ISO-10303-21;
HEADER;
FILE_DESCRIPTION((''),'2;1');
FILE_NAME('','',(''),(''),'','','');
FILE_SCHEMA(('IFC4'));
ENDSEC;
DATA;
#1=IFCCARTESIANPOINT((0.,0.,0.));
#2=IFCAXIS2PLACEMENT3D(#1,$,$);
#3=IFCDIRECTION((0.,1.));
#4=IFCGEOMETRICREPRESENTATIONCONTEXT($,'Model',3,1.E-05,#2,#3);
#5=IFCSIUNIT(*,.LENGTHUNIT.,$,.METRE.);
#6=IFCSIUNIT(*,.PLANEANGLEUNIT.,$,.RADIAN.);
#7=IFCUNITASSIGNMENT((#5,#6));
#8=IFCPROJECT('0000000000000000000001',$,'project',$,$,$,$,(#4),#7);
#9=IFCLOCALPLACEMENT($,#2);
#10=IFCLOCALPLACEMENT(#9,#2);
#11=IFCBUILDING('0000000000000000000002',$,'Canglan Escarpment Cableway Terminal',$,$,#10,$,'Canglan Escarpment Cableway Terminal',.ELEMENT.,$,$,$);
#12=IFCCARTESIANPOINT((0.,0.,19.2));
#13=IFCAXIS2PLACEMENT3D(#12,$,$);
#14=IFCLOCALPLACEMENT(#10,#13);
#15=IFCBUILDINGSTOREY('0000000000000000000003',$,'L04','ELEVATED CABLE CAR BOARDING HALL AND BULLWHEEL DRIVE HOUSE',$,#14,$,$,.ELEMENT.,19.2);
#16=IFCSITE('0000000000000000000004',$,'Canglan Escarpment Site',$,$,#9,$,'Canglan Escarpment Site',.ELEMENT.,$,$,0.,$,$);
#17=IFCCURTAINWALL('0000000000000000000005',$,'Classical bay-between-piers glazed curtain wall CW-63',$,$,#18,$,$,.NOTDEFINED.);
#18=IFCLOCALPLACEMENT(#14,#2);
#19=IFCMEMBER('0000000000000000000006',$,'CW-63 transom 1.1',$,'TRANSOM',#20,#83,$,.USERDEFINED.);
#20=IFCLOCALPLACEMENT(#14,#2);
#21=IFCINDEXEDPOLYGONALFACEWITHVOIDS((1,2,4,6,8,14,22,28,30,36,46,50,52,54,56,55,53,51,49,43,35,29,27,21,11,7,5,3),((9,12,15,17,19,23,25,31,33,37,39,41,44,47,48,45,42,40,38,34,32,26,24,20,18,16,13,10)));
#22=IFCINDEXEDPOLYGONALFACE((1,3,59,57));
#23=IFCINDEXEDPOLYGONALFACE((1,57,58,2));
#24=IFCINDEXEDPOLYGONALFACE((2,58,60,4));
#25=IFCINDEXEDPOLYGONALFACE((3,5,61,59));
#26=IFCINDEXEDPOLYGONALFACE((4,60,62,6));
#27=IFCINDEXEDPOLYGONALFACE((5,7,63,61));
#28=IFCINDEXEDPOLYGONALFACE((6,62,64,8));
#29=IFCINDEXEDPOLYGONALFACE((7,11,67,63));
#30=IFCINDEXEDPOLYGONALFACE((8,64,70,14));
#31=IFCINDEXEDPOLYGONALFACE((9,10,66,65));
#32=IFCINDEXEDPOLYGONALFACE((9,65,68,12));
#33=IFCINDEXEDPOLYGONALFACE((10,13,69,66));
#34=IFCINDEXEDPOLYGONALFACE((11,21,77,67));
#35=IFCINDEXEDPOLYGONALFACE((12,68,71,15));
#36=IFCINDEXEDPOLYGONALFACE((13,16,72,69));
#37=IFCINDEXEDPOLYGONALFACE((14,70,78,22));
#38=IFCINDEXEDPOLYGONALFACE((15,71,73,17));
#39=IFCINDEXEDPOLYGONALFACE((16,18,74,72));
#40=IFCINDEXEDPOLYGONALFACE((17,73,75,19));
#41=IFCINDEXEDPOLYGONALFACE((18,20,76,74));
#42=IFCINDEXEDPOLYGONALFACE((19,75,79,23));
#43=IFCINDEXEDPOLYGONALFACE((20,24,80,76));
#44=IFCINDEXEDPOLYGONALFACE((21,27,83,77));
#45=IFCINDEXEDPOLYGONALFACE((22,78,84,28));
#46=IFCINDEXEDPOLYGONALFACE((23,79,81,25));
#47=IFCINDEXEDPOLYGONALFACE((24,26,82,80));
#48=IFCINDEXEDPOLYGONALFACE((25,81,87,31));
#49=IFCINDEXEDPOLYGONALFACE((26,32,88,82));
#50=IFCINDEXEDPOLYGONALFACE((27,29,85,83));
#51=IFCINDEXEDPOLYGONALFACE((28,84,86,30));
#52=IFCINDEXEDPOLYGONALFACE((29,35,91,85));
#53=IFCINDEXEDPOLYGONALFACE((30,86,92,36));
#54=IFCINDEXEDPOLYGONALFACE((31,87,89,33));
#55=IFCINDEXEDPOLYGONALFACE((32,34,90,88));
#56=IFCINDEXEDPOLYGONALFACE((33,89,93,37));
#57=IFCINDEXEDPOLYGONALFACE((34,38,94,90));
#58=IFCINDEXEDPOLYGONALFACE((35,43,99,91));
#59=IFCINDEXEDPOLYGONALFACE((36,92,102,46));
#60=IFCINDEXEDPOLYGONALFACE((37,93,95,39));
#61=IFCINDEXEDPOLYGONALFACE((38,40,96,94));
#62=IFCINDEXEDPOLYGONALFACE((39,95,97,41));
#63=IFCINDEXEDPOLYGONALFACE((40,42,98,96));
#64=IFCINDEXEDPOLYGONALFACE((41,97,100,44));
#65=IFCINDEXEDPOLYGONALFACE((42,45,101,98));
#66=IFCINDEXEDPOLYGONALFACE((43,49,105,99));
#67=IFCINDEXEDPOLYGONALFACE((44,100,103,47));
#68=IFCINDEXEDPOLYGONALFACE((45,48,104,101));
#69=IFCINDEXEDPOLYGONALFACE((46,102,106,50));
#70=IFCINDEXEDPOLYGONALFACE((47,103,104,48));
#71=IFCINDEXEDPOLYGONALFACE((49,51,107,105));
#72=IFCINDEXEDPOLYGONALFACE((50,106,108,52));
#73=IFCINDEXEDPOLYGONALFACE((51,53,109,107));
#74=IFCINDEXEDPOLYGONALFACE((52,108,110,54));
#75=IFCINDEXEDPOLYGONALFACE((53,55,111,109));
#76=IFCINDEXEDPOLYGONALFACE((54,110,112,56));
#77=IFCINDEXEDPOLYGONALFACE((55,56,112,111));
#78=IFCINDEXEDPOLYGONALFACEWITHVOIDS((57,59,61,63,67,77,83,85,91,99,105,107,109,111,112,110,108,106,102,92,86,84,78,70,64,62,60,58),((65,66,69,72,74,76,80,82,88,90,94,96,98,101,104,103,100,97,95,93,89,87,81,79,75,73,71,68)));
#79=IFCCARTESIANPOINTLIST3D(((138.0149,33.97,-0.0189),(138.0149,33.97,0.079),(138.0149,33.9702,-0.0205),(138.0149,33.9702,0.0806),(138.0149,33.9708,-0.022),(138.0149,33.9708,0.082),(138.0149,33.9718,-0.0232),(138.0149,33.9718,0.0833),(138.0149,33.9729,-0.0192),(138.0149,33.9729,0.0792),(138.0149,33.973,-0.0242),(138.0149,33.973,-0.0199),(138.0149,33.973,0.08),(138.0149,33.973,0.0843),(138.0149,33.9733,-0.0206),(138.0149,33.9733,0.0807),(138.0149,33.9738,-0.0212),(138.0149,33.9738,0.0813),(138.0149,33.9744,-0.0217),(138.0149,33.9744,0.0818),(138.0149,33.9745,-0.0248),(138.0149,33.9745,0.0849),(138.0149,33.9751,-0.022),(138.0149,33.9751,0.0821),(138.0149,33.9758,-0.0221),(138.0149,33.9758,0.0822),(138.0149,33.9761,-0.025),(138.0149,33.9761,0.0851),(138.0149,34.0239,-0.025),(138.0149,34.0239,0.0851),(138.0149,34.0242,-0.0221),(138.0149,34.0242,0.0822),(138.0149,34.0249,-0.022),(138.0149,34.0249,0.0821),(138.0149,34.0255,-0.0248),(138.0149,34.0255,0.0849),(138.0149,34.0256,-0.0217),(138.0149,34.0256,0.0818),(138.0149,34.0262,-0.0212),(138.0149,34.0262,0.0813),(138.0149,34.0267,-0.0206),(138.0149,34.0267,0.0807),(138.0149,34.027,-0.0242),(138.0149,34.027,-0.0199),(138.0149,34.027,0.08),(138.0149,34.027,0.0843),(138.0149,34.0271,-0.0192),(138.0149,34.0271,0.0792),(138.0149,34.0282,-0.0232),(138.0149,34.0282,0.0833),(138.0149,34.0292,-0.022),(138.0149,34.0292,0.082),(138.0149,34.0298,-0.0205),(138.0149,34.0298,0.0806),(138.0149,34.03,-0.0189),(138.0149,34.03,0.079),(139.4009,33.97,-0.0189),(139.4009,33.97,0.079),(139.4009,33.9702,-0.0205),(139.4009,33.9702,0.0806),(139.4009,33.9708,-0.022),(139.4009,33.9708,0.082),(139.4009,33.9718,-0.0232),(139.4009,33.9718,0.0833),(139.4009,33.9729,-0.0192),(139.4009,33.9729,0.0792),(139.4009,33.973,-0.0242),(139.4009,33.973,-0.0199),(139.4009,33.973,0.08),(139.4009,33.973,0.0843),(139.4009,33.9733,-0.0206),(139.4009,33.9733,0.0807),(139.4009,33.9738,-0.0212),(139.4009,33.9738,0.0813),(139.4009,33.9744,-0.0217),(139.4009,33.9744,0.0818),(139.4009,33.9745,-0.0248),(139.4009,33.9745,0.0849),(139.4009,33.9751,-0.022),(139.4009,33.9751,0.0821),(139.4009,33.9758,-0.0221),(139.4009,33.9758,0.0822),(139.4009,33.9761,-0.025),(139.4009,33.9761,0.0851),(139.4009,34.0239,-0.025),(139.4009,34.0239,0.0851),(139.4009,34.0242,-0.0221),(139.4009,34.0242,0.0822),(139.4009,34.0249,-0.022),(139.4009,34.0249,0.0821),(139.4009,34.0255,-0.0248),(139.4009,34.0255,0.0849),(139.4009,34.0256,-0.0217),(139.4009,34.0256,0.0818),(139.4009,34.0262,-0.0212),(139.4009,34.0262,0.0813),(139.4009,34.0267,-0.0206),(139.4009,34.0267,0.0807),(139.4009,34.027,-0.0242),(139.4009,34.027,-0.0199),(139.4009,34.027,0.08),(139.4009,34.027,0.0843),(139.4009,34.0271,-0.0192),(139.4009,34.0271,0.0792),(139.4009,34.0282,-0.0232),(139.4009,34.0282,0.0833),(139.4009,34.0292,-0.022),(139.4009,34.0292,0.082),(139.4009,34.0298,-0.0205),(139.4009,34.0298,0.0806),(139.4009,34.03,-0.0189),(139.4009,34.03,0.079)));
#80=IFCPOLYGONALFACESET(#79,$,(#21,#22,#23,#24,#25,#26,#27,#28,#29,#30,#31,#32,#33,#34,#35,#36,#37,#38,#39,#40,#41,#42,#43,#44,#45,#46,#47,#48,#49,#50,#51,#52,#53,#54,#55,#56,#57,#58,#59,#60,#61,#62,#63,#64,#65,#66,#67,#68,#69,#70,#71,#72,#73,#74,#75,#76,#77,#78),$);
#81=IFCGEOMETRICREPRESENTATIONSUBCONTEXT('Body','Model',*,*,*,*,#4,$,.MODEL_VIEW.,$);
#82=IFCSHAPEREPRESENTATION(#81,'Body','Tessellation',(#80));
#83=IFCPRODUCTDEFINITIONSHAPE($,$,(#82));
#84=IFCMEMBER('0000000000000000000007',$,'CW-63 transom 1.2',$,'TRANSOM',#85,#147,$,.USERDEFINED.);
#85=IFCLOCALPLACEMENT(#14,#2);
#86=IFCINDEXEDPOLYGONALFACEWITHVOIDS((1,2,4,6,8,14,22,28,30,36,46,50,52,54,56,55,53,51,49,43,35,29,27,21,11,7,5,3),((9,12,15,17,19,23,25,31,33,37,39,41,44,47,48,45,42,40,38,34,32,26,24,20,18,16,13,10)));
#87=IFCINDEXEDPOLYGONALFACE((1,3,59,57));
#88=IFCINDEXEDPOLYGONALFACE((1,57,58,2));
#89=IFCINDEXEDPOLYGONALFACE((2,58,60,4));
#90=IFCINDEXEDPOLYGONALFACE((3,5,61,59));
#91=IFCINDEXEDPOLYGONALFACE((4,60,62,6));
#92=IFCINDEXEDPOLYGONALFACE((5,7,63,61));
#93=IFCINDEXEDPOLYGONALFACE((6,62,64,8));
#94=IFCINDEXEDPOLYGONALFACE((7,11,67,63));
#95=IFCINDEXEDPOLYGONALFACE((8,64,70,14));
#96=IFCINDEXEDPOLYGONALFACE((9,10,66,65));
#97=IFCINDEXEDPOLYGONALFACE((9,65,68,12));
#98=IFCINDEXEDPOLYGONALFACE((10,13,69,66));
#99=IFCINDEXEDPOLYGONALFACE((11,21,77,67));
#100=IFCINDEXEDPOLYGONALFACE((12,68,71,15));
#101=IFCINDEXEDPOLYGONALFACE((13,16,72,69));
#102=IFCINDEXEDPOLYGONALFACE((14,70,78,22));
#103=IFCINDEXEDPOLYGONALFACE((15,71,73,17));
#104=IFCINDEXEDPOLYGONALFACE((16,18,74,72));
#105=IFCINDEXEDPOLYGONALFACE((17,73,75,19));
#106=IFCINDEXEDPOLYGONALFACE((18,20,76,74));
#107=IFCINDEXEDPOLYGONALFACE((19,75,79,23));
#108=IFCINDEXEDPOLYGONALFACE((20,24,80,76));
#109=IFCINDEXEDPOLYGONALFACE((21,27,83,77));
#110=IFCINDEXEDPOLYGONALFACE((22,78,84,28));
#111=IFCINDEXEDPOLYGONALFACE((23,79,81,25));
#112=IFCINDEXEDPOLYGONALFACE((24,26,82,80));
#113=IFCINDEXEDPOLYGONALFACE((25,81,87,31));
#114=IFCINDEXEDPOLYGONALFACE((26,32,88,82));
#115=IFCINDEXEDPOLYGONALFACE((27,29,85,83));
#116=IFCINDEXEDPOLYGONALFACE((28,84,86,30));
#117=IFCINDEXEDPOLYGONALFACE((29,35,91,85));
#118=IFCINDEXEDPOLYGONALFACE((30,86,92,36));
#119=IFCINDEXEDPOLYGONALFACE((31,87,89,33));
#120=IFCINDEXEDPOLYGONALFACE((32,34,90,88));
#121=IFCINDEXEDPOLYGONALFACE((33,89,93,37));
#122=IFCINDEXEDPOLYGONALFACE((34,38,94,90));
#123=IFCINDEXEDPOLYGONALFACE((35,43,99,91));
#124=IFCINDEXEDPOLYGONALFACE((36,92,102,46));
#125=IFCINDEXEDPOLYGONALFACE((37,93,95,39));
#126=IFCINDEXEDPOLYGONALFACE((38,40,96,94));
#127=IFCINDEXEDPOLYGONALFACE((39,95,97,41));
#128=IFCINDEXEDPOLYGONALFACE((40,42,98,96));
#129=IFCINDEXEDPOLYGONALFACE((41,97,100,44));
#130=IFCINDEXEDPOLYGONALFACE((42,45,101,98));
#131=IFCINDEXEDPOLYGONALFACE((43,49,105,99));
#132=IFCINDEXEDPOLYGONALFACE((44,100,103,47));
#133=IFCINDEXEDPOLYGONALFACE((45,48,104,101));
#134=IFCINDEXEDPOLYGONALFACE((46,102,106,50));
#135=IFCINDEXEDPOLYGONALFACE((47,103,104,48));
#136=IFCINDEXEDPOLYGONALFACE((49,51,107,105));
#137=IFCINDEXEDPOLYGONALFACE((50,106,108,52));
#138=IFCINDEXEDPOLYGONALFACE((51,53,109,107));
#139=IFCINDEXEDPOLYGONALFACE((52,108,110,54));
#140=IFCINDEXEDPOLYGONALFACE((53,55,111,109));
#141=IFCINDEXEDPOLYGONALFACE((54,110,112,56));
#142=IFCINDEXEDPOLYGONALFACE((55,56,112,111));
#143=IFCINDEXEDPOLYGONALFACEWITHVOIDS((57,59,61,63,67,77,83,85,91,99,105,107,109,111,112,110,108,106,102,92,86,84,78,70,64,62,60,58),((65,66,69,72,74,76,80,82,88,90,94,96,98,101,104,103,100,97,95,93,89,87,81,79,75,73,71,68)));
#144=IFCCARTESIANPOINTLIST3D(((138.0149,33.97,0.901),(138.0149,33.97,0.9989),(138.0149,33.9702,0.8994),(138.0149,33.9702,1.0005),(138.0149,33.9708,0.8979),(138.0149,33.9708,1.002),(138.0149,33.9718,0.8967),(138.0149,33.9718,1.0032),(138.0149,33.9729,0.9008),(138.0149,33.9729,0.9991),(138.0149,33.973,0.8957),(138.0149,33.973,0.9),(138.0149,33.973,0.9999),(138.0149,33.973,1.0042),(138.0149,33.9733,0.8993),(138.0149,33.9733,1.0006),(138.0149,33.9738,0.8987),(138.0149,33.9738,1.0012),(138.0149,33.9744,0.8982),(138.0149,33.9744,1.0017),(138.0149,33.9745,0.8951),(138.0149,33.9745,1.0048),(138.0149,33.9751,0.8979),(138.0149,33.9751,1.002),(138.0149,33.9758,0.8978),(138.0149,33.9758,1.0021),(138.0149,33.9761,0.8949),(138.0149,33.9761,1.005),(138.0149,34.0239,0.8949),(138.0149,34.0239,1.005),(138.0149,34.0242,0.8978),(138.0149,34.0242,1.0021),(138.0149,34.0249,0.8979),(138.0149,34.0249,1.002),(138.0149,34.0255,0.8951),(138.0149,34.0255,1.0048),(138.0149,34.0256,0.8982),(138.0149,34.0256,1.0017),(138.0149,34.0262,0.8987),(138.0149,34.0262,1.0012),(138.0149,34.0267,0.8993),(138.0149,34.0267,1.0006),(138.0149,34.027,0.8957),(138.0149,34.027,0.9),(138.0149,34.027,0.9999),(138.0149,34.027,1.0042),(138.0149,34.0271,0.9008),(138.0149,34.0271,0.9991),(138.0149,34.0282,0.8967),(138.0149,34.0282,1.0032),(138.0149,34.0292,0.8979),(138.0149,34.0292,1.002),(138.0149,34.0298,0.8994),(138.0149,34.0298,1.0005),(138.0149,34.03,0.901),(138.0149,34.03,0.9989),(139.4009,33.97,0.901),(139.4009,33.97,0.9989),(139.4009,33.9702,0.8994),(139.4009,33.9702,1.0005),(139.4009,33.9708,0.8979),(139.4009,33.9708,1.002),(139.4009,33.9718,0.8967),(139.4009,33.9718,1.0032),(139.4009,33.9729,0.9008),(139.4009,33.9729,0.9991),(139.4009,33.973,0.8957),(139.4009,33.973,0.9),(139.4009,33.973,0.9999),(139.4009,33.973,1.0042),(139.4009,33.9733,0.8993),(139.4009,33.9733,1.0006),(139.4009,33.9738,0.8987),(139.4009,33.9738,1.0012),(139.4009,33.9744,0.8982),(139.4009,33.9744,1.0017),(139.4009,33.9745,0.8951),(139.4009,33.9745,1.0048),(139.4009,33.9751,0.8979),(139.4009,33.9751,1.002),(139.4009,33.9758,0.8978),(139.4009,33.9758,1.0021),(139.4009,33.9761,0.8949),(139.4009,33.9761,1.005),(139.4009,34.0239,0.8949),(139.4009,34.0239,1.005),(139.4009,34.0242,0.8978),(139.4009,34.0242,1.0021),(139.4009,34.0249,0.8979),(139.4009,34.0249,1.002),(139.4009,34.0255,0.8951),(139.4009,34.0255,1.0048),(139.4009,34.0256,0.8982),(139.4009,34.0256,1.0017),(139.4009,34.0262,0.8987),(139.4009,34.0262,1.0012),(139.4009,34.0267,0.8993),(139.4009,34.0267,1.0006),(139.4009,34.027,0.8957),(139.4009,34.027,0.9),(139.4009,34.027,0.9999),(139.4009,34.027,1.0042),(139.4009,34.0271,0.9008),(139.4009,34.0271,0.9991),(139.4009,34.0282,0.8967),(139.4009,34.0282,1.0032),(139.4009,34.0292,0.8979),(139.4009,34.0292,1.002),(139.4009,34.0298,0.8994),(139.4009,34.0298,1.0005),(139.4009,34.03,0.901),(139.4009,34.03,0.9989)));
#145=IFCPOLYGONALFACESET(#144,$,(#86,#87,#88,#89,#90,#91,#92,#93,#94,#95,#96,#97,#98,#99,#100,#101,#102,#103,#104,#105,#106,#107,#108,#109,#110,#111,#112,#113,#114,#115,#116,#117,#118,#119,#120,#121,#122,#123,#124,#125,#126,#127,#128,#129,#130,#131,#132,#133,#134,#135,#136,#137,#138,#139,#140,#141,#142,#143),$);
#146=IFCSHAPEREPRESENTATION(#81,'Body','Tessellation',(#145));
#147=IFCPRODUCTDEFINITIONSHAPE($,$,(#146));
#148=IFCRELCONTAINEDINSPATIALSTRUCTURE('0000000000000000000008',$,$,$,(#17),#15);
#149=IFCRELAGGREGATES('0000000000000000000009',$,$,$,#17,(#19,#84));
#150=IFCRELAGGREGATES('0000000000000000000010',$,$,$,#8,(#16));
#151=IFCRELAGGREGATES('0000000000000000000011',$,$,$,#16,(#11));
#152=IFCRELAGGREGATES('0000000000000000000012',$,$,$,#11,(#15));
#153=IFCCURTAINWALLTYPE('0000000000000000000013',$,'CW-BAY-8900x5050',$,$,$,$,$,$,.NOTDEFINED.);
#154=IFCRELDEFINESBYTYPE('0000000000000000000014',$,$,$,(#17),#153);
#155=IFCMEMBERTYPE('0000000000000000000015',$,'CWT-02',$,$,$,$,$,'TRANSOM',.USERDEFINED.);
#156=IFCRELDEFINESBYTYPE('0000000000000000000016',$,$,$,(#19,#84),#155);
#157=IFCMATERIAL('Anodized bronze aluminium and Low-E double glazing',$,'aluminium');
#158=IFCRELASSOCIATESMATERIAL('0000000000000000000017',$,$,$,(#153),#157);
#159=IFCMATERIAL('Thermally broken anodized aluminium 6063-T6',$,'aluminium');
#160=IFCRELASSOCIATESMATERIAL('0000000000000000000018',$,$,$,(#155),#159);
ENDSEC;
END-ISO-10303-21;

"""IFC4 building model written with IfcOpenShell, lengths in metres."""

from ifc_helpers import new_model, si_unit, direction, frame, origin, origin_2d, place, context, subcontext, project, spatial, hollow_rectangle, extrude, material, material_profile, profile_set, type_object, element, aggregate, save


model = new_model("IFC4")

# Units and contexts
model_context = context("Model", 3, precision=1e-05, world=origin(), true_north=direction((0.0, 1.0)))
body_context = subcontext(model_context, "Body", "Model", "MODEL_VIEW")
ifc_project = project(units=[si_unit("LENGTHUNIT", "METRE"), si_unit("PLANEANGLEUNIT", "RADIAN")], contexts=[model_context])

# Site, building, storey
site_placement = place(None, origin())
site = spatial("IfcSite", under=ifc_project, at=site_placement, Name="Canglan Escarpment Site", LongName="Canglan Escarpment Site", CompositionType="ELEMENT", RefElevation=0.0)
building_placement = place(site_placement, origin())
building = spatial("IfcBuilding", under=site, at=building_placement, Name="Canglan Escarpment Cableway Terminal", LongName="Canglan Escarpment Cableway Terminal", CompositionType="ELEMENT")
storey_placement = place(building_placement, frame((0.0, 0.0, 19.2)))
storey = spatial("IfcBuildingStorey", under=building, at=storey_placement, Name="L04", Description="ELEVATED CABLE CAR BOARDING HALL AND BULLWHEEL DRIVE HOUSE", CompositionType="ELEMENT", Elevation=19.2)

# Curtain wall, members
ifc_material_1 = material(Name="Anodized bronze aluminium and Low-E double glazing", Category="aluminium")
curtain_wall_type = type_object("IfcCurtainWallType", Name="CW-BAY-8900x5050", PredefinedType="NOTDEFINED", material=ifc_material_1)
curtain_wall_placement = place(storey_placement, origin())
curtain_wall = element("IfcCurtainWall", 1, at=curtain_wall_placement, inside=storey, type_object=curtain_wall_type, Name="Classical bay-between-piers glazed curtain wall CW-63", PredefinedType="NOTDEFINED")
ifc_material_2 = material(Name="Thermally broken anodized aluminium 6063-T6", Category="aluminium")
ifc_material_profile_1 = material_profile(ifc_material_2, hollow_rectangle(XDim=0.0601, YDim=0.1101, WallThickness=0.0029, InnerFilletRadius=0.0029, OuterFilletRadius=0.0061, at=origin_2d()), Name="ALU-TRAN 60x110x3")
ifc_profile_set_1 = profile_set([ifc_material_profile_1], Name="Thermally broken anodized aluminium 6063-T6")
member_type_1 = type_object("IfcMemberType", Name="CWT-02", ElementType="TRANSOM", PredefinedType="USERDEFINED", material=ifc_profile_set_1)
member_1_placement = place(storey_placement, frame((138.0149, 34.0, 0.03), z_axis=(1.0, 0.0, 0.0), x_axis=(0.0, 1.0, 0.0)))
member_1 = element("IfcMember", 2, at=member_1_placement, type_object=member_type_1, Name="CW-63 transom 1.1", ObjectType="TRANSOM", PredefinedType="USERDEFINED", context=body_context, shape_type="SweptSolid", body=[
    extrude(hollow_rectangle(XDim=0.0601, YDim=0.1101, WallThickness=0.0029, InnerFilletRadius=0.0029, OuterFilletRadius=0.0061, at=origin_2d()), origin(), (0.0, 0.0, 1.0), 1.386),
])
member_2_placement = place(storey_placement, frame((138.0149, 34.0, 0.95), z_axis=(1.0, 0.0, 0.0), x_axis=(0.0, 1.0, 0.0)))
member_2 = element("IfcMember", 3, at=member_2_placement, type_object=member_type_1, Name="CW-63 transom 1.2", ObjectType="TRANSOM", PredefinedType="USERDEFINED", context=body_context, shape_type="SweptSolid", body=[
    extrude(hollow_rectangle(XDim=0.0601, YDim=0.1101, WallThickness=0.0029, InnerFilletRadius=0.0029, OuterFilletRadius=0.0061, at=origin_2d()), origin(), (0.0, 0.0, 1.0), 1.386),
])

aggregate(curtain_wall, [member_1, member_2])

save(model, "model.ifc")
